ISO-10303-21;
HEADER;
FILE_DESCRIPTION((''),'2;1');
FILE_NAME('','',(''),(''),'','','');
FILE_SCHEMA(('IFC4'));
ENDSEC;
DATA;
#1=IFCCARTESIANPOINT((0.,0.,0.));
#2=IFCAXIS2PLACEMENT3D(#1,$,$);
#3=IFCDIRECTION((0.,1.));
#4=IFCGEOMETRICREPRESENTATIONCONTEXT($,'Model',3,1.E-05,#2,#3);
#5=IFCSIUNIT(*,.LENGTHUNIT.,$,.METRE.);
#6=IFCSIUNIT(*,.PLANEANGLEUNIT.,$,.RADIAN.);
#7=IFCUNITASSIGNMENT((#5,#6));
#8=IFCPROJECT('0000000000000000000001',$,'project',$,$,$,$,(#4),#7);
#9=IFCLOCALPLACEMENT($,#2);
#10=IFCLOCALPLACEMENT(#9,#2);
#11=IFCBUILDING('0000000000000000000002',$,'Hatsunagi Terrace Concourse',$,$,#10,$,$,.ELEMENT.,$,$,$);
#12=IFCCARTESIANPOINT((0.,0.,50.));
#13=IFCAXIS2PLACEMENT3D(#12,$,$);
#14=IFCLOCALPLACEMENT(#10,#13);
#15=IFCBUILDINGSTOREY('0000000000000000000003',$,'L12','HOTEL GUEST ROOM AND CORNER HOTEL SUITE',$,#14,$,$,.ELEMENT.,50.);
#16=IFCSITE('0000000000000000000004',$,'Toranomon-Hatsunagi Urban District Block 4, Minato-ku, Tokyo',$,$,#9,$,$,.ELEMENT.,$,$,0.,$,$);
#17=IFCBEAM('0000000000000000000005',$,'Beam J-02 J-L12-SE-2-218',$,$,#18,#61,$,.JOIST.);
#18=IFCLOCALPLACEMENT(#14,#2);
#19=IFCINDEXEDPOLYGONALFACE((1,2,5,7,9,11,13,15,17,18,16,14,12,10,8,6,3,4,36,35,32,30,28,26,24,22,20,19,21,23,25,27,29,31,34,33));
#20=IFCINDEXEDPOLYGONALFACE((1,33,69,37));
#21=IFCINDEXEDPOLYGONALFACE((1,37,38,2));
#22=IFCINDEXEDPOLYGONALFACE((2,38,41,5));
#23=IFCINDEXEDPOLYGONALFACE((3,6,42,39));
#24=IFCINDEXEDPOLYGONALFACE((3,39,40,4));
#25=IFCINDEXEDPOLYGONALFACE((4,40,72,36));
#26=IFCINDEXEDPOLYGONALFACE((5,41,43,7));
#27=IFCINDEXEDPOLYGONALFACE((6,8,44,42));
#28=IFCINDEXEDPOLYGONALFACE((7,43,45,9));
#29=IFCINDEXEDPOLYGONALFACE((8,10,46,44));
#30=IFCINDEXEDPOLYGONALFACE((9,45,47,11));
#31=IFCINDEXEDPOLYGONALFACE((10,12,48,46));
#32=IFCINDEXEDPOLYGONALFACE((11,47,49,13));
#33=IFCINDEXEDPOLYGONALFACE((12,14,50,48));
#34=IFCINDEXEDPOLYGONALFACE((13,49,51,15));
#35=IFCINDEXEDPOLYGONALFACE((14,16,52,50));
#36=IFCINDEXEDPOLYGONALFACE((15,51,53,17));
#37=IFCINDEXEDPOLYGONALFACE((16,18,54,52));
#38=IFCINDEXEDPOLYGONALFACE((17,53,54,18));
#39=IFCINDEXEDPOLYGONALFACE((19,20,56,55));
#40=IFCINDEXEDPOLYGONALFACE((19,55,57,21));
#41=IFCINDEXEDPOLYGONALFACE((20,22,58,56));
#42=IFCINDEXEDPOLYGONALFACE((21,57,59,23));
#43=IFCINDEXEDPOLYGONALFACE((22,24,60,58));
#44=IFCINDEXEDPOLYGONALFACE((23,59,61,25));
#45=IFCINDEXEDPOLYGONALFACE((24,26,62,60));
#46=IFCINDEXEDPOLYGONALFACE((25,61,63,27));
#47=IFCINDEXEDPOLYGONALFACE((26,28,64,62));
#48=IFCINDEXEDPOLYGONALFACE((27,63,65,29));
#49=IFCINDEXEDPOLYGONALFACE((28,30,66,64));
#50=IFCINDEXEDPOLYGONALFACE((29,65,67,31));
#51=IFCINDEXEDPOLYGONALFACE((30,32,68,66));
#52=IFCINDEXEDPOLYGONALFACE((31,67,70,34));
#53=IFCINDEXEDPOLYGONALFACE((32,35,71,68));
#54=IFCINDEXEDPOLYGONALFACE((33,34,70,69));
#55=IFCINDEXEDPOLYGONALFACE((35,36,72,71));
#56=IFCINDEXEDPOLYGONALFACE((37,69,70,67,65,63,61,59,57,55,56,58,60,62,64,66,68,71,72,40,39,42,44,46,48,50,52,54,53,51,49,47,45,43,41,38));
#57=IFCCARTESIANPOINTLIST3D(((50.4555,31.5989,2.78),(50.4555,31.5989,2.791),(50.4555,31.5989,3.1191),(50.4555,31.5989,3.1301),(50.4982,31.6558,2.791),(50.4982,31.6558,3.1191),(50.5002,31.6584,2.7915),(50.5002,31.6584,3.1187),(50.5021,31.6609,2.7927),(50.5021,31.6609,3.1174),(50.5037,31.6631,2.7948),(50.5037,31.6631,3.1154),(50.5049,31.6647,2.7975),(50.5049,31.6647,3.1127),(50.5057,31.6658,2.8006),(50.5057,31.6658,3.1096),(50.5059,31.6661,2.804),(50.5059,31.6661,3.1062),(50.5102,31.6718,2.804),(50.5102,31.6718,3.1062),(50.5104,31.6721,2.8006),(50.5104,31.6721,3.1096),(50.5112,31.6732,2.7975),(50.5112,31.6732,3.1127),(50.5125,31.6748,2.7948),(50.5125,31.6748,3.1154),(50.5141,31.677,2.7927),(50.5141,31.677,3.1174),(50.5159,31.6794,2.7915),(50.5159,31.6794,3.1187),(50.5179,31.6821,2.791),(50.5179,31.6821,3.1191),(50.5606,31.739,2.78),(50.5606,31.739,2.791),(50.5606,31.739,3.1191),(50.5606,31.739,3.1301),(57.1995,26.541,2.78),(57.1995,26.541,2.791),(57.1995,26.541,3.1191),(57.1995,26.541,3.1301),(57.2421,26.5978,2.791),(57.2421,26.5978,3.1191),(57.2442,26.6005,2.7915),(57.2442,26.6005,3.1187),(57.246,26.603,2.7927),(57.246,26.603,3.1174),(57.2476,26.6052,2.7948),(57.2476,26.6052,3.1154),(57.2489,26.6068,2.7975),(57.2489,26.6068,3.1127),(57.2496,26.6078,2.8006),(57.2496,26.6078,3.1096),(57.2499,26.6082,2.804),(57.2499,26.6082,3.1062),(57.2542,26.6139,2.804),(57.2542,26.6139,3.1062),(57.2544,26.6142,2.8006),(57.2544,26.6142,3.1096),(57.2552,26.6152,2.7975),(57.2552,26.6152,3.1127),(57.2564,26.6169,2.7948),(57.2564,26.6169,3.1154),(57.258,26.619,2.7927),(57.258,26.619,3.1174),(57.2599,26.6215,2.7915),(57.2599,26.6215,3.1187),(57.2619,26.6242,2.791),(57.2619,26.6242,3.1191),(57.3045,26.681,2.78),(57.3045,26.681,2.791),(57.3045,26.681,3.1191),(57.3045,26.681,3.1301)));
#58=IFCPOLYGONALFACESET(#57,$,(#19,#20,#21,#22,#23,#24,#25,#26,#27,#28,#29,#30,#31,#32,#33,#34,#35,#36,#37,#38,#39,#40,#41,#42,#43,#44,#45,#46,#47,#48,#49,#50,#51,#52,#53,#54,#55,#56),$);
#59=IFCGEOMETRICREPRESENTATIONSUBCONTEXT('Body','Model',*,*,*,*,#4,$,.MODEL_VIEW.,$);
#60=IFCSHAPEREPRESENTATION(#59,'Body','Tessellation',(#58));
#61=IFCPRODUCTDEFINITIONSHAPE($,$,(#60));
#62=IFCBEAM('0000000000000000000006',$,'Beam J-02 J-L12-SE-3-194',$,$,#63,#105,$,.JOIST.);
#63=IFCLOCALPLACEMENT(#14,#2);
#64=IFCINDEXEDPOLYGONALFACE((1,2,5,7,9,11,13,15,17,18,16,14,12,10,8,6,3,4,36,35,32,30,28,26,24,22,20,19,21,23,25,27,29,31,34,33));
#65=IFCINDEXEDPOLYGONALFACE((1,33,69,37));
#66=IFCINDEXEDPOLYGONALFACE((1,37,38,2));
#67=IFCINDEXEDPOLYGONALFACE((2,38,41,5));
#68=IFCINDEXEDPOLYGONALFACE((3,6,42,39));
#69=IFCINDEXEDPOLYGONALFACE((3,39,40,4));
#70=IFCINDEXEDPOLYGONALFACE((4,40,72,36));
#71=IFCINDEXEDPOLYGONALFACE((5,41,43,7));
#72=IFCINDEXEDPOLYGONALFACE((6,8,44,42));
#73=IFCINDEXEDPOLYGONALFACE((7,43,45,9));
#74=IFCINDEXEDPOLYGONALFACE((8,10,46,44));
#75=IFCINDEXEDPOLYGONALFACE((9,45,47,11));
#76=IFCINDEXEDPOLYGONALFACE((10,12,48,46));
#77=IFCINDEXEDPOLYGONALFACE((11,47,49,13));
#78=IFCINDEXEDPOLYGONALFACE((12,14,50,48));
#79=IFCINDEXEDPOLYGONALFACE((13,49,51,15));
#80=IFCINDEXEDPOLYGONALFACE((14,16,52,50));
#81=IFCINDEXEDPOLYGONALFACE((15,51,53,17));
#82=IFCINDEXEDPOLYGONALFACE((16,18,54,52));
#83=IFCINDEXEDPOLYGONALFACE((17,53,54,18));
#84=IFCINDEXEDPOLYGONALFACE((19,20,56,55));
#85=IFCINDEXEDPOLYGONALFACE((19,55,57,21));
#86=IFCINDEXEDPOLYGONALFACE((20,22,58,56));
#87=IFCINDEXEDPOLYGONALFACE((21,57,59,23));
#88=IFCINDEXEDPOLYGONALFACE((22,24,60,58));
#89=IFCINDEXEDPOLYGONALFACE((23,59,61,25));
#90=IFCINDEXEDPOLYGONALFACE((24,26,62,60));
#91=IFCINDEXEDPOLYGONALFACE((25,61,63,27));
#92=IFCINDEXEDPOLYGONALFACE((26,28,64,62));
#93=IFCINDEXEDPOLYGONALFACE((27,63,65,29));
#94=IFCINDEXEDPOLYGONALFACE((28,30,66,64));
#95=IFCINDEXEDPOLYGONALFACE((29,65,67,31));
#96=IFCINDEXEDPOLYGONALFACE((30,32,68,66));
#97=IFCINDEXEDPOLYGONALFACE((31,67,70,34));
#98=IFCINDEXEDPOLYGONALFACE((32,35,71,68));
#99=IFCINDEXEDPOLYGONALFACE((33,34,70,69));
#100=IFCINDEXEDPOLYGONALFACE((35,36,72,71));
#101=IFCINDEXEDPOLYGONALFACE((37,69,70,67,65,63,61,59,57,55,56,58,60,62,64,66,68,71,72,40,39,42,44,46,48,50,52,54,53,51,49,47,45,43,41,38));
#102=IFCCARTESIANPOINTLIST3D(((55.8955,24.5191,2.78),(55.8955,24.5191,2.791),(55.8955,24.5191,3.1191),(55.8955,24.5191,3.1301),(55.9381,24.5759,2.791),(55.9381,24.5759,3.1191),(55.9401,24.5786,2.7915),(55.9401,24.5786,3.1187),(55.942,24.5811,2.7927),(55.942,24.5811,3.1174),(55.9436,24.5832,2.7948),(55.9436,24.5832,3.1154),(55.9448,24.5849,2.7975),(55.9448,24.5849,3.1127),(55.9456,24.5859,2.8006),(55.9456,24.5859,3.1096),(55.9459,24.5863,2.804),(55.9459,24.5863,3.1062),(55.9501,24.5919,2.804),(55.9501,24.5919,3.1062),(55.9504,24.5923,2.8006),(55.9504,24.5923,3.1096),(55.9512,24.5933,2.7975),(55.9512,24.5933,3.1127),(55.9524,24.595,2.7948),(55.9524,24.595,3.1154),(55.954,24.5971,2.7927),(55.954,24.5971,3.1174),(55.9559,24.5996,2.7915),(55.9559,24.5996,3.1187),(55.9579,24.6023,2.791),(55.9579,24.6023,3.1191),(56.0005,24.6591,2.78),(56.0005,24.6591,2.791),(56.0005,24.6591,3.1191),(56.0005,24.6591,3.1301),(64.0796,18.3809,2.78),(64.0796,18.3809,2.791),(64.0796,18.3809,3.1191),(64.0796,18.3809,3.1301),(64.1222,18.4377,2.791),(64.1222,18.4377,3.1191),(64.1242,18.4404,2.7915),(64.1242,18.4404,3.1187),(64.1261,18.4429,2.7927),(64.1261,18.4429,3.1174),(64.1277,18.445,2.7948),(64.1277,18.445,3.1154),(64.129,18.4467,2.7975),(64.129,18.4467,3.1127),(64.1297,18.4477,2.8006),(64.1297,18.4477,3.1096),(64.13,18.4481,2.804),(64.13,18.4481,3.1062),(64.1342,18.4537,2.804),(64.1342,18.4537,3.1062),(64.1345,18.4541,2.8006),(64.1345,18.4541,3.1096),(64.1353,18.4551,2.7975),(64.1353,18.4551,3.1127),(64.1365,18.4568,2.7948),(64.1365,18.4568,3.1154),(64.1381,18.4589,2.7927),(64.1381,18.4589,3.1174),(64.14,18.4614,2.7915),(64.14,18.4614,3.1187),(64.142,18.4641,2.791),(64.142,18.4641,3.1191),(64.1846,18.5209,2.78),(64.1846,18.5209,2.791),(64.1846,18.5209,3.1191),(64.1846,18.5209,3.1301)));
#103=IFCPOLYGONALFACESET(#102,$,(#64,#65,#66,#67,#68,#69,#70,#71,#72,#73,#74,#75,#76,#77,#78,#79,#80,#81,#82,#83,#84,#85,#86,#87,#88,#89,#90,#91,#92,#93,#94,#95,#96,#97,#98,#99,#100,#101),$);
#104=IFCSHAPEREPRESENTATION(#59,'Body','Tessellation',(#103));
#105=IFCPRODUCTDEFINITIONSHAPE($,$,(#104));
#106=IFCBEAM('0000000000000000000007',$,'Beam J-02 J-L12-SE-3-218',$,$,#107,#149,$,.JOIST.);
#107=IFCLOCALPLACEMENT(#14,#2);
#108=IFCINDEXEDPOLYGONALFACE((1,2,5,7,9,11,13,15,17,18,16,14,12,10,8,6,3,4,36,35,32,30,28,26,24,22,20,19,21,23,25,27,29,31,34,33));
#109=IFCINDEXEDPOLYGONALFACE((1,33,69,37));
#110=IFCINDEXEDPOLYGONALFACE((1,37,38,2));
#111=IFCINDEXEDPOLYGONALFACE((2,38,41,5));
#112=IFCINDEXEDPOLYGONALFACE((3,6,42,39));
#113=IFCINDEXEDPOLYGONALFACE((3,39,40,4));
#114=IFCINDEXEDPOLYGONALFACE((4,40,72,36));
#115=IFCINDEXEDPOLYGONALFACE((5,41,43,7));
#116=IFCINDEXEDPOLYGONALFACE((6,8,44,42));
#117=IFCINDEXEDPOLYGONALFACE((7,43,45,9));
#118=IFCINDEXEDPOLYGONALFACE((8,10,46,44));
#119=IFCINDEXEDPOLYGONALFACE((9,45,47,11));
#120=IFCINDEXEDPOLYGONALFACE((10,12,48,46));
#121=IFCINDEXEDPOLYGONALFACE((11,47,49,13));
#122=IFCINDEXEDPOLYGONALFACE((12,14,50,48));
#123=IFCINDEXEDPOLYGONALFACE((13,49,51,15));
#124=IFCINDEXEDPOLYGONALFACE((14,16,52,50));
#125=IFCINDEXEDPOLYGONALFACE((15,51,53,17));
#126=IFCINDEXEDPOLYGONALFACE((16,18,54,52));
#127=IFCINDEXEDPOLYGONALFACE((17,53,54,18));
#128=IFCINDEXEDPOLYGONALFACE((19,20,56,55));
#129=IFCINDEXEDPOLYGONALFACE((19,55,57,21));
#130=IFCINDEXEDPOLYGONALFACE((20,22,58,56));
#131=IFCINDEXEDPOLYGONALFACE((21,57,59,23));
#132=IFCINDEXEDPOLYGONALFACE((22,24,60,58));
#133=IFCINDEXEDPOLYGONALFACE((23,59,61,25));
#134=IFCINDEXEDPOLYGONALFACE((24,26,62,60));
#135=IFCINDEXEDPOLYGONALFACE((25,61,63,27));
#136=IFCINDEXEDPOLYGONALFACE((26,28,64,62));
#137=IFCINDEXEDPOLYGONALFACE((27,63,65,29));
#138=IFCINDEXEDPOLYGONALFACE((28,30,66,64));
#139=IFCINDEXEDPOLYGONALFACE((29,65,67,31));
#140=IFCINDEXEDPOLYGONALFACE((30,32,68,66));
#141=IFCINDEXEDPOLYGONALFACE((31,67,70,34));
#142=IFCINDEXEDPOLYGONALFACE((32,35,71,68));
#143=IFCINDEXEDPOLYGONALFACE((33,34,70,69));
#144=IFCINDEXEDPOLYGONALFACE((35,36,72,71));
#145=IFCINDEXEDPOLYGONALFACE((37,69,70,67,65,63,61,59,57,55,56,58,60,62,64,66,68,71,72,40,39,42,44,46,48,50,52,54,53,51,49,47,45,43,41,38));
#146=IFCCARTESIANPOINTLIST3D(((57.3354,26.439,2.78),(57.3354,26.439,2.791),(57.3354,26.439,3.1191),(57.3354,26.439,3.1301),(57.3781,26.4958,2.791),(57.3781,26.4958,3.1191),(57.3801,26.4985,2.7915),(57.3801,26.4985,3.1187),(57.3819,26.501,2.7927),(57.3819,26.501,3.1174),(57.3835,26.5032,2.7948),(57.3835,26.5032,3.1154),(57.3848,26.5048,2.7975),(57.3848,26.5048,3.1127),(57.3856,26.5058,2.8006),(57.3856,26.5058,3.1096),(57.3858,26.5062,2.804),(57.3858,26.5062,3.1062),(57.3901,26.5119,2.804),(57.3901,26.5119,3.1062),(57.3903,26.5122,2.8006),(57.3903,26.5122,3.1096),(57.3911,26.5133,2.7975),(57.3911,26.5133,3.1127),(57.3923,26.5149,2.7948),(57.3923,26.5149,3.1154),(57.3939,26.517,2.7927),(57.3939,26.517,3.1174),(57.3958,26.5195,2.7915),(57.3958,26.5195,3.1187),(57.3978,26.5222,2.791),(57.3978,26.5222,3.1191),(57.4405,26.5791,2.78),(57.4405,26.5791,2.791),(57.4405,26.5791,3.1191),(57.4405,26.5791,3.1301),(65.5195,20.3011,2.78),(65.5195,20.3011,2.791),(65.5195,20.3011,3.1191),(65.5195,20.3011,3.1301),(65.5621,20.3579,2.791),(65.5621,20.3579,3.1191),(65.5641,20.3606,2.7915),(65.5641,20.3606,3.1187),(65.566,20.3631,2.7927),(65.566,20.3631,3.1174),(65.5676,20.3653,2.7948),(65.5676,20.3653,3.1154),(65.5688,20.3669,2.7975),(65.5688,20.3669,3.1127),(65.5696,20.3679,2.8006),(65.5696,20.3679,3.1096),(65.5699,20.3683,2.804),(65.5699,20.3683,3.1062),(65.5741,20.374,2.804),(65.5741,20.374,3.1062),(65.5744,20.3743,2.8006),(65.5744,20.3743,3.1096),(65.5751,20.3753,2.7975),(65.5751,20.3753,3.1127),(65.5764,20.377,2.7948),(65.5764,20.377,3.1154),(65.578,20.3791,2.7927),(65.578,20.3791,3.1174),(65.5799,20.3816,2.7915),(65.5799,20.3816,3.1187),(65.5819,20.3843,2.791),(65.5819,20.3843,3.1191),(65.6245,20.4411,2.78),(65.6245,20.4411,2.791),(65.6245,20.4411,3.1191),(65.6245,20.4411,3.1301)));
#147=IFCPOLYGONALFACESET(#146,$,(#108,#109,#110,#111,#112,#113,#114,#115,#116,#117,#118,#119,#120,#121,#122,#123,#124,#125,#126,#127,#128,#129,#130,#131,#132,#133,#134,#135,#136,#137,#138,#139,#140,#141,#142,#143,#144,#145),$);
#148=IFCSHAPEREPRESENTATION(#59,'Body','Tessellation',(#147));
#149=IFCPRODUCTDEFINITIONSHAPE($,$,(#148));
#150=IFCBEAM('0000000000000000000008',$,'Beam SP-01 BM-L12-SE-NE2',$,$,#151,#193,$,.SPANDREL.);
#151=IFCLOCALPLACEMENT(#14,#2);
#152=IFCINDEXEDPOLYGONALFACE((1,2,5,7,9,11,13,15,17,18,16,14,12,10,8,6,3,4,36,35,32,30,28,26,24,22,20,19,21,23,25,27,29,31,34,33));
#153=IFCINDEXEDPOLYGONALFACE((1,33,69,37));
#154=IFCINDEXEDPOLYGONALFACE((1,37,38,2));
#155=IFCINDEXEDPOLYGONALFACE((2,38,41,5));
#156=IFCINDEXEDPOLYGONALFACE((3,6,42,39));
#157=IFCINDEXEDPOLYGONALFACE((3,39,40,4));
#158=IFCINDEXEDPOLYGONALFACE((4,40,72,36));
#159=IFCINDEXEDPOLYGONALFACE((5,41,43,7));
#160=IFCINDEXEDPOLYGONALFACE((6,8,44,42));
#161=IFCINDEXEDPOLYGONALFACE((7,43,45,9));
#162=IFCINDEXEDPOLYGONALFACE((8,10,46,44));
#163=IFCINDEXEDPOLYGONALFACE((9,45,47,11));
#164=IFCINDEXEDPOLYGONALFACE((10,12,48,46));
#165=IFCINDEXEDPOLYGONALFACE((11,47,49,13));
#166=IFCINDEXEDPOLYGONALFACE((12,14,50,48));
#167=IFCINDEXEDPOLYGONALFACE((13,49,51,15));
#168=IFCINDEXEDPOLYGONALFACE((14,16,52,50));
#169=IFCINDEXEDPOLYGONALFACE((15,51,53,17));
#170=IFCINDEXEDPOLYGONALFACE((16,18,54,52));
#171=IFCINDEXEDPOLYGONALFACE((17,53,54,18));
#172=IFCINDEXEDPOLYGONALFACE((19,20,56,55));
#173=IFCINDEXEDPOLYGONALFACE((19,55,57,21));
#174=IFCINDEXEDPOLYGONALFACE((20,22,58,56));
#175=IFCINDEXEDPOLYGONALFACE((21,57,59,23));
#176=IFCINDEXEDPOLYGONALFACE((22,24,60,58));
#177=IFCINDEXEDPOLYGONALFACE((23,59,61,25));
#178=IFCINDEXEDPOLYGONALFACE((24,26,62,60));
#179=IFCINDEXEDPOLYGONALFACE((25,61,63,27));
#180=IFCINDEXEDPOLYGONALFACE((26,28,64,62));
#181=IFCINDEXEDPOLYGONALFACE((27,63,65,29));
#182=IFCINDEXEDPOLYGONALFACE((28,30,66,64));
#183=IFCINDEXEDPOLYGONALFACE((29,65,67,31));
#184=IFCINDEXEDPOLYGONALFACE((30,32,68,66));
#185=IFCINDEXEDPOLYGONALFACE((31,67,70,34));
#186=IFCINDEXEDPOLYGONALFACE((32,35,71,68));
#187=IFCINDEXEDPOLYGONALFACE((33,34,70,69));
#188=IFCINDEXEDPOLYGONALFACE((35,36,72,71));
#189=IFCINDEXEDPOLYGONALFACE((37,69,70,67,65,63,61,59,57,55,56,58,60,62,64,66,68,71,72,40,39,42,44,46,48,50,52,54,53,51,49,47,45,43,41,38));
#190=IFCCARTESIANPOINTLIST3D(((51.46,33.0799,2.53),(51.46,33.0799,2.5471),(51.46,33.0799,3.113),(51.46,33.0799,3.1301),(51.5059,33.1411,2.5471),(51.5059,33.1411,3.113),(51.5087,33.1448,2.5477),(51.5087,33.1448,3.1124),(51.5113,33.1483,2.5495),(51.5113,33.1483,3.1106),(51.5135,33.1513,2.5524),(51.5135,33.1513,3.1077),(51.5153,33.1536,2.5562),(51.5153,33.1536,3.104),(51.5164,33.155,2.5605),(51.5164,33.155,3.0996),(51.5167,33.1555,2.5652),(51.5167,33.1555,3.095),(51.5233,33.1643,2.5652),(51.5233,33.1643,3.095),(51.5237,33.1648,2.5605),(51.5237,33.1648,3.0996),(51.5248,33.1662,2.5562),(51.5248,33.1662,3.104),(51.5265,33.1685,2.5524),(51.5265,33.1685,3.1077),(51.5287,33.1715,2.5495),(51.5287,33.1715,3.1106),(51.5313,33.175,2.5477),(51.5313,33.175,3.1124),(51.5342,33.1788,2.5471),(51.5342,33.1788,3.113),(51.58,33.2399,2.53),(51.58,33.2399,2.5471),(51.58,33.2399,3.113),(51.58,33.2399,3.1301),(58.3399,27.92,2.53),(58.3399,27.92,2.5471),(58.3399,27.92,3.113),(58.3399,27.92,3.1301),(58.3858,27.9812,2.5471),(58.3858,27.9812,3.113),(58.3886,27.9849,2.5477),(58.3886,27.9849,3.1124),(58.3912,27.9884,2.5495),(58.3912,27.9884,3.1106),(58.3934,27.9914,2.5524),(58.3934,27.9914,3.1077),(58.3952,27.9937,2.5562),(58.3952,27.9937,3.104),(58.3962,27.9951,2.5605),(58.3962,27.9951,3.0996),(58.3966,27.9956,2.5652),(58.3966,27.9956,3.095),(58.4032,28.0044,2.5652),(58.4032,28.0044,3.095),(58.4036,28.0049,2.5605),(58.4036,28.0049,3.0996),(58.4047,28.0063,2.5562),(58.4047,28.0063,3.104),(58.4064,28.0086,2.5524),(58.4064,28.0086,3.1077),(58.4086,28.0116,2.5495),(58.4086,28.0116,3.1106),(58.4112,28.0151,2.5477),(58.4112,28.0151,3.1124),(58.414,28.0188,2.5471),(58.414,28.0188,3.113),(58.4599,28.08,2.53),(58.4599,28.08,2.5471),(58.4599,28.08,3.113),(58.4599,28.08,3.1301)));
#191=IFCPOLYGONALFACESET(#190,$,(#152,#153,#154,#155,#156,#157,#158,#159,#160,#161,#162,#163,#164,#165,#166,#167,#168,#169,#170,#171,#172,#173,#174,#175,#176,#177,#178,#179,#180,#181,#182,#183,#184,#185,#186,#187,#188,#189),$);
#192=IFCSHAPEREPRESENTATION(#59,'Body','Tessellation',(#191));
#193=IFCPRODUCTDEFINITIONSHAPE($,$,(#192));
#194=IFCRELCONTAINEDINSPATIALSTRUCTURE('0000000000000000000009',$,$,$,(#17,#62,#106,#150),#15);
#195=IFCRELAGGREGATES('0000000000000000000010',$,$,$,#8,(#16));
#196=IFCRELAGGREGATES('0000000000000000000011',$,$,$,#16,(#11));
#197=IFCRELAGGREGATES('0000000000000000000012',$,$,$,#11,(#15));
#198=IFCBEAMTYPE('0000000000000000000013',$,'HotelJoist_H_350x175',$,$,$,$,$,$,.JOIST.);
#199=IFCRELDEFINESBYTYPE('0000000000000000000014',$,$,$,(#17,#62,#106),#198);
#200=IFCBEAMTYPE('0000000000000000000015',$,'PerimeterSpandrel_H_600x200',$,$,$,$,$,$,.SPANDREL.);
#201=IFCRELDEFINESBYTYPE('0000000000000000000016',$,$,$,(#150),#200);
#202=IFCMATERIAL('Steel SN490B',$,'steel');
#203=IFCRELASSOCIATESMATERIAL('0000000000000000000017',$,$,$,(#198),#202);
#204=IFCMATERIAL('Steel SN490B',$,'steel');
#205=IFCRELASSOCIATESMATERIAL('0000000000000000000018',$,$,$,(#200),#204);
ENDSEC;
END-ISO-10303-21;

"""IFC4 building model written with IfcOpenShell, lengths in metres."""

from ifc_helpers import new_model, si_unit, direction, frame, origin, origin_2d, place, context, subcontext, project, spatial, i_section, extrude, material, material_profile, profile_set, type_object, element, save


model = new_model("IFC4")

# Units and contexts
model_context = context("Model", 3, precision=1e-05, world=origin(), true_north=direction((0.0, 1.0)))
body_context = subcontext(model_context, "Body", "Model", "MODEL_VIEW")
ifc_project = project(units=[si_unit("LENGTHUNIT", "METRE"), si_unit("PLANEANGLEUNIT", "RADIAN")], contexts=[model_context])

# Site, building, storey
site_placement = place(None, origin())
site = spatial("IfcSite", under=ifc_project, at=site_placement, Name="Toranomon-Hatsunagi Urban District Block 4, Minato-ku, Tokyo", CompositionType="ELEMENT", RefElevation=0.0)
building_placement = place(site_placement, origin())
building = spatial("IfcBuilding", under=site, at=building_placement, Name="Hatsunagi Terrace Concourse", CompositionType="ELEMENT")
storey_placement = place(building_placement, frame((0.0, 0.0, 50.0)))
storey = spatial("IfcBuildingStorey", under=building, at=storey_placement, Name="L12", Description="HOTEL GUEST ROOM AND CORNER HOTEL SUITE", CompositionType="ELEMENT", Elevation=50.0)

# Beams
ifc_material_1 = material(Name="Steel SN490B", Category="steel")
ifc_material_profile_1 = material_profile(ifc_material_1, i_section(OverallWidth=0.175, OverallDepth=0.3501, WebThickness=0.0071, FlangeThickness=0.011, FilletRadius=0.0129, at=origin_2d()), Name="H-350x175x7x11")
ifc_profile_set_1 = profile_set([ifc_material_profile_1], Name="Steel SN490B")
beam_type_1 = type_object("IfcBeamType", Name="HotelJoist_H_350x175", PredefinedType="JOIST", material=ifc_profile_set_1)
for number, where, z_axis, x_axis, name in (
    (1, (50.5081, 31.6689, 2.9551), (0.800003, -0.599995, 0.0), (0.599995, 0.800003, 0.0), "Beam J-02 J-L12-SE-2-218"),
):
    element("IfcBeam", number, at=place(storey_placement, frame(where, z_axis=z_axis, x_axis=x_axis)), inside=storey, type_object=beam_type_1, Name=name, PredefinedType="JOIST", context=body_context, shape_type="SweptSolid", body=[
        extrude(i_section(OverallWidth=0.175, OverallDepth=0.3501, WebThickness=0.0071, FlangeThickness=0.011, FilletRadius=0.0129, at=origin_2d()), origin(), (0.0, 0.0, 1.0), 8.4299),
    ])
beam_1_placement = place(storey_placement, frame((55.948, 24.5891, 2.9551), z_axis=(0.799994, -0.600008, 0.0), x_axis=(0.600008, 0.799994, 0.0)))
element("IfcBeam", 2, at=beam_1_placement, inside=storey, type_object=beam_type_1, Name="Beam J-02 J-L12-SE-3-194", PredefinedType="JOIST", context=body_context, shape_type="SweptSolid", body=[
    extrude(i_section(OverallWidth=0.175, OverallDepth=0.3501, WebThickness=0.0071, FlangeThickness=0.011, FilletRadius=0.0129, at=origin_2d()), origin(), (0.0, 0.0, 1.0), 10.2302),
])
beam_2_placement = place(storey_placement, frame((57.3879, 26.509, 2.9551), z_axis=(0.800006, -0.599992, 0.0), x_axis=(0.599992, 0.800006, 0.0)))
element("IfcBeam", 3, at=beam_2_placement, inside=storey, type_object=beam_type_1, Name="Beam J-02 J-L12-SE-3-218", PredefinedType="JOIST", context=body_context, shape_type="SweptSolid", body=[
    extrude(i_section(OverallWidth=0.175, OverallDepth=0.3501, WebThickness=0.0071, FlangeThickness=0.011, FilletRadius=0.0129, at=origin_2d()), origin(), (0.0, 0.0, 1.0), 10.23),
])
ifc_material_2 = material(Name="Steel SN490B", Category="steel")
ifc_material_profile_2 = material_profile(ifc_material_2, i_section(OverallWidth=0.2, OverallDepth=0.6001, WebThickness=0.011, FlangeThickness=0.0171, FilletRadius=0.0181, at=origin_2d()), Name="H-600x200x11x17")
ifc_profile_set_2 = profile_set([ifc_material_profile_2], Name="Steel SN490B")
beam_type_2 = type_object("IfcBeamType", Name="PerimeterSpandrel_H_600x200", PredefinedType="SPANDREL", material=ifc_profile_set_2)
beam_3_placement = place(storey_placement, frame((51.52, 33.1599, 2.8301), z_axis=(0.8, -0.6, 0.0), x_axis=(0.6, 0.8, 0.0)))
element("IfcBeam", 4, at=beam_3_placement, inside=storey, type_object=beam_type_2, Name="Beam SP-01 BM-L12-SE-NE2", PredefinedType="SPANDREL", context=body_context, shape_type="SweptSolid", body=[
    extrude(i_section(OverallWidth=0.2, OverallDepth=0.6001, WebThickness=0.011, FlangeThickness=0.0171, FilletRadius=0.0181, at=origin_2d()), origin(), (0.0, 0.0, 1.0), 8.5999),
])

save(model, "model.ifc")
